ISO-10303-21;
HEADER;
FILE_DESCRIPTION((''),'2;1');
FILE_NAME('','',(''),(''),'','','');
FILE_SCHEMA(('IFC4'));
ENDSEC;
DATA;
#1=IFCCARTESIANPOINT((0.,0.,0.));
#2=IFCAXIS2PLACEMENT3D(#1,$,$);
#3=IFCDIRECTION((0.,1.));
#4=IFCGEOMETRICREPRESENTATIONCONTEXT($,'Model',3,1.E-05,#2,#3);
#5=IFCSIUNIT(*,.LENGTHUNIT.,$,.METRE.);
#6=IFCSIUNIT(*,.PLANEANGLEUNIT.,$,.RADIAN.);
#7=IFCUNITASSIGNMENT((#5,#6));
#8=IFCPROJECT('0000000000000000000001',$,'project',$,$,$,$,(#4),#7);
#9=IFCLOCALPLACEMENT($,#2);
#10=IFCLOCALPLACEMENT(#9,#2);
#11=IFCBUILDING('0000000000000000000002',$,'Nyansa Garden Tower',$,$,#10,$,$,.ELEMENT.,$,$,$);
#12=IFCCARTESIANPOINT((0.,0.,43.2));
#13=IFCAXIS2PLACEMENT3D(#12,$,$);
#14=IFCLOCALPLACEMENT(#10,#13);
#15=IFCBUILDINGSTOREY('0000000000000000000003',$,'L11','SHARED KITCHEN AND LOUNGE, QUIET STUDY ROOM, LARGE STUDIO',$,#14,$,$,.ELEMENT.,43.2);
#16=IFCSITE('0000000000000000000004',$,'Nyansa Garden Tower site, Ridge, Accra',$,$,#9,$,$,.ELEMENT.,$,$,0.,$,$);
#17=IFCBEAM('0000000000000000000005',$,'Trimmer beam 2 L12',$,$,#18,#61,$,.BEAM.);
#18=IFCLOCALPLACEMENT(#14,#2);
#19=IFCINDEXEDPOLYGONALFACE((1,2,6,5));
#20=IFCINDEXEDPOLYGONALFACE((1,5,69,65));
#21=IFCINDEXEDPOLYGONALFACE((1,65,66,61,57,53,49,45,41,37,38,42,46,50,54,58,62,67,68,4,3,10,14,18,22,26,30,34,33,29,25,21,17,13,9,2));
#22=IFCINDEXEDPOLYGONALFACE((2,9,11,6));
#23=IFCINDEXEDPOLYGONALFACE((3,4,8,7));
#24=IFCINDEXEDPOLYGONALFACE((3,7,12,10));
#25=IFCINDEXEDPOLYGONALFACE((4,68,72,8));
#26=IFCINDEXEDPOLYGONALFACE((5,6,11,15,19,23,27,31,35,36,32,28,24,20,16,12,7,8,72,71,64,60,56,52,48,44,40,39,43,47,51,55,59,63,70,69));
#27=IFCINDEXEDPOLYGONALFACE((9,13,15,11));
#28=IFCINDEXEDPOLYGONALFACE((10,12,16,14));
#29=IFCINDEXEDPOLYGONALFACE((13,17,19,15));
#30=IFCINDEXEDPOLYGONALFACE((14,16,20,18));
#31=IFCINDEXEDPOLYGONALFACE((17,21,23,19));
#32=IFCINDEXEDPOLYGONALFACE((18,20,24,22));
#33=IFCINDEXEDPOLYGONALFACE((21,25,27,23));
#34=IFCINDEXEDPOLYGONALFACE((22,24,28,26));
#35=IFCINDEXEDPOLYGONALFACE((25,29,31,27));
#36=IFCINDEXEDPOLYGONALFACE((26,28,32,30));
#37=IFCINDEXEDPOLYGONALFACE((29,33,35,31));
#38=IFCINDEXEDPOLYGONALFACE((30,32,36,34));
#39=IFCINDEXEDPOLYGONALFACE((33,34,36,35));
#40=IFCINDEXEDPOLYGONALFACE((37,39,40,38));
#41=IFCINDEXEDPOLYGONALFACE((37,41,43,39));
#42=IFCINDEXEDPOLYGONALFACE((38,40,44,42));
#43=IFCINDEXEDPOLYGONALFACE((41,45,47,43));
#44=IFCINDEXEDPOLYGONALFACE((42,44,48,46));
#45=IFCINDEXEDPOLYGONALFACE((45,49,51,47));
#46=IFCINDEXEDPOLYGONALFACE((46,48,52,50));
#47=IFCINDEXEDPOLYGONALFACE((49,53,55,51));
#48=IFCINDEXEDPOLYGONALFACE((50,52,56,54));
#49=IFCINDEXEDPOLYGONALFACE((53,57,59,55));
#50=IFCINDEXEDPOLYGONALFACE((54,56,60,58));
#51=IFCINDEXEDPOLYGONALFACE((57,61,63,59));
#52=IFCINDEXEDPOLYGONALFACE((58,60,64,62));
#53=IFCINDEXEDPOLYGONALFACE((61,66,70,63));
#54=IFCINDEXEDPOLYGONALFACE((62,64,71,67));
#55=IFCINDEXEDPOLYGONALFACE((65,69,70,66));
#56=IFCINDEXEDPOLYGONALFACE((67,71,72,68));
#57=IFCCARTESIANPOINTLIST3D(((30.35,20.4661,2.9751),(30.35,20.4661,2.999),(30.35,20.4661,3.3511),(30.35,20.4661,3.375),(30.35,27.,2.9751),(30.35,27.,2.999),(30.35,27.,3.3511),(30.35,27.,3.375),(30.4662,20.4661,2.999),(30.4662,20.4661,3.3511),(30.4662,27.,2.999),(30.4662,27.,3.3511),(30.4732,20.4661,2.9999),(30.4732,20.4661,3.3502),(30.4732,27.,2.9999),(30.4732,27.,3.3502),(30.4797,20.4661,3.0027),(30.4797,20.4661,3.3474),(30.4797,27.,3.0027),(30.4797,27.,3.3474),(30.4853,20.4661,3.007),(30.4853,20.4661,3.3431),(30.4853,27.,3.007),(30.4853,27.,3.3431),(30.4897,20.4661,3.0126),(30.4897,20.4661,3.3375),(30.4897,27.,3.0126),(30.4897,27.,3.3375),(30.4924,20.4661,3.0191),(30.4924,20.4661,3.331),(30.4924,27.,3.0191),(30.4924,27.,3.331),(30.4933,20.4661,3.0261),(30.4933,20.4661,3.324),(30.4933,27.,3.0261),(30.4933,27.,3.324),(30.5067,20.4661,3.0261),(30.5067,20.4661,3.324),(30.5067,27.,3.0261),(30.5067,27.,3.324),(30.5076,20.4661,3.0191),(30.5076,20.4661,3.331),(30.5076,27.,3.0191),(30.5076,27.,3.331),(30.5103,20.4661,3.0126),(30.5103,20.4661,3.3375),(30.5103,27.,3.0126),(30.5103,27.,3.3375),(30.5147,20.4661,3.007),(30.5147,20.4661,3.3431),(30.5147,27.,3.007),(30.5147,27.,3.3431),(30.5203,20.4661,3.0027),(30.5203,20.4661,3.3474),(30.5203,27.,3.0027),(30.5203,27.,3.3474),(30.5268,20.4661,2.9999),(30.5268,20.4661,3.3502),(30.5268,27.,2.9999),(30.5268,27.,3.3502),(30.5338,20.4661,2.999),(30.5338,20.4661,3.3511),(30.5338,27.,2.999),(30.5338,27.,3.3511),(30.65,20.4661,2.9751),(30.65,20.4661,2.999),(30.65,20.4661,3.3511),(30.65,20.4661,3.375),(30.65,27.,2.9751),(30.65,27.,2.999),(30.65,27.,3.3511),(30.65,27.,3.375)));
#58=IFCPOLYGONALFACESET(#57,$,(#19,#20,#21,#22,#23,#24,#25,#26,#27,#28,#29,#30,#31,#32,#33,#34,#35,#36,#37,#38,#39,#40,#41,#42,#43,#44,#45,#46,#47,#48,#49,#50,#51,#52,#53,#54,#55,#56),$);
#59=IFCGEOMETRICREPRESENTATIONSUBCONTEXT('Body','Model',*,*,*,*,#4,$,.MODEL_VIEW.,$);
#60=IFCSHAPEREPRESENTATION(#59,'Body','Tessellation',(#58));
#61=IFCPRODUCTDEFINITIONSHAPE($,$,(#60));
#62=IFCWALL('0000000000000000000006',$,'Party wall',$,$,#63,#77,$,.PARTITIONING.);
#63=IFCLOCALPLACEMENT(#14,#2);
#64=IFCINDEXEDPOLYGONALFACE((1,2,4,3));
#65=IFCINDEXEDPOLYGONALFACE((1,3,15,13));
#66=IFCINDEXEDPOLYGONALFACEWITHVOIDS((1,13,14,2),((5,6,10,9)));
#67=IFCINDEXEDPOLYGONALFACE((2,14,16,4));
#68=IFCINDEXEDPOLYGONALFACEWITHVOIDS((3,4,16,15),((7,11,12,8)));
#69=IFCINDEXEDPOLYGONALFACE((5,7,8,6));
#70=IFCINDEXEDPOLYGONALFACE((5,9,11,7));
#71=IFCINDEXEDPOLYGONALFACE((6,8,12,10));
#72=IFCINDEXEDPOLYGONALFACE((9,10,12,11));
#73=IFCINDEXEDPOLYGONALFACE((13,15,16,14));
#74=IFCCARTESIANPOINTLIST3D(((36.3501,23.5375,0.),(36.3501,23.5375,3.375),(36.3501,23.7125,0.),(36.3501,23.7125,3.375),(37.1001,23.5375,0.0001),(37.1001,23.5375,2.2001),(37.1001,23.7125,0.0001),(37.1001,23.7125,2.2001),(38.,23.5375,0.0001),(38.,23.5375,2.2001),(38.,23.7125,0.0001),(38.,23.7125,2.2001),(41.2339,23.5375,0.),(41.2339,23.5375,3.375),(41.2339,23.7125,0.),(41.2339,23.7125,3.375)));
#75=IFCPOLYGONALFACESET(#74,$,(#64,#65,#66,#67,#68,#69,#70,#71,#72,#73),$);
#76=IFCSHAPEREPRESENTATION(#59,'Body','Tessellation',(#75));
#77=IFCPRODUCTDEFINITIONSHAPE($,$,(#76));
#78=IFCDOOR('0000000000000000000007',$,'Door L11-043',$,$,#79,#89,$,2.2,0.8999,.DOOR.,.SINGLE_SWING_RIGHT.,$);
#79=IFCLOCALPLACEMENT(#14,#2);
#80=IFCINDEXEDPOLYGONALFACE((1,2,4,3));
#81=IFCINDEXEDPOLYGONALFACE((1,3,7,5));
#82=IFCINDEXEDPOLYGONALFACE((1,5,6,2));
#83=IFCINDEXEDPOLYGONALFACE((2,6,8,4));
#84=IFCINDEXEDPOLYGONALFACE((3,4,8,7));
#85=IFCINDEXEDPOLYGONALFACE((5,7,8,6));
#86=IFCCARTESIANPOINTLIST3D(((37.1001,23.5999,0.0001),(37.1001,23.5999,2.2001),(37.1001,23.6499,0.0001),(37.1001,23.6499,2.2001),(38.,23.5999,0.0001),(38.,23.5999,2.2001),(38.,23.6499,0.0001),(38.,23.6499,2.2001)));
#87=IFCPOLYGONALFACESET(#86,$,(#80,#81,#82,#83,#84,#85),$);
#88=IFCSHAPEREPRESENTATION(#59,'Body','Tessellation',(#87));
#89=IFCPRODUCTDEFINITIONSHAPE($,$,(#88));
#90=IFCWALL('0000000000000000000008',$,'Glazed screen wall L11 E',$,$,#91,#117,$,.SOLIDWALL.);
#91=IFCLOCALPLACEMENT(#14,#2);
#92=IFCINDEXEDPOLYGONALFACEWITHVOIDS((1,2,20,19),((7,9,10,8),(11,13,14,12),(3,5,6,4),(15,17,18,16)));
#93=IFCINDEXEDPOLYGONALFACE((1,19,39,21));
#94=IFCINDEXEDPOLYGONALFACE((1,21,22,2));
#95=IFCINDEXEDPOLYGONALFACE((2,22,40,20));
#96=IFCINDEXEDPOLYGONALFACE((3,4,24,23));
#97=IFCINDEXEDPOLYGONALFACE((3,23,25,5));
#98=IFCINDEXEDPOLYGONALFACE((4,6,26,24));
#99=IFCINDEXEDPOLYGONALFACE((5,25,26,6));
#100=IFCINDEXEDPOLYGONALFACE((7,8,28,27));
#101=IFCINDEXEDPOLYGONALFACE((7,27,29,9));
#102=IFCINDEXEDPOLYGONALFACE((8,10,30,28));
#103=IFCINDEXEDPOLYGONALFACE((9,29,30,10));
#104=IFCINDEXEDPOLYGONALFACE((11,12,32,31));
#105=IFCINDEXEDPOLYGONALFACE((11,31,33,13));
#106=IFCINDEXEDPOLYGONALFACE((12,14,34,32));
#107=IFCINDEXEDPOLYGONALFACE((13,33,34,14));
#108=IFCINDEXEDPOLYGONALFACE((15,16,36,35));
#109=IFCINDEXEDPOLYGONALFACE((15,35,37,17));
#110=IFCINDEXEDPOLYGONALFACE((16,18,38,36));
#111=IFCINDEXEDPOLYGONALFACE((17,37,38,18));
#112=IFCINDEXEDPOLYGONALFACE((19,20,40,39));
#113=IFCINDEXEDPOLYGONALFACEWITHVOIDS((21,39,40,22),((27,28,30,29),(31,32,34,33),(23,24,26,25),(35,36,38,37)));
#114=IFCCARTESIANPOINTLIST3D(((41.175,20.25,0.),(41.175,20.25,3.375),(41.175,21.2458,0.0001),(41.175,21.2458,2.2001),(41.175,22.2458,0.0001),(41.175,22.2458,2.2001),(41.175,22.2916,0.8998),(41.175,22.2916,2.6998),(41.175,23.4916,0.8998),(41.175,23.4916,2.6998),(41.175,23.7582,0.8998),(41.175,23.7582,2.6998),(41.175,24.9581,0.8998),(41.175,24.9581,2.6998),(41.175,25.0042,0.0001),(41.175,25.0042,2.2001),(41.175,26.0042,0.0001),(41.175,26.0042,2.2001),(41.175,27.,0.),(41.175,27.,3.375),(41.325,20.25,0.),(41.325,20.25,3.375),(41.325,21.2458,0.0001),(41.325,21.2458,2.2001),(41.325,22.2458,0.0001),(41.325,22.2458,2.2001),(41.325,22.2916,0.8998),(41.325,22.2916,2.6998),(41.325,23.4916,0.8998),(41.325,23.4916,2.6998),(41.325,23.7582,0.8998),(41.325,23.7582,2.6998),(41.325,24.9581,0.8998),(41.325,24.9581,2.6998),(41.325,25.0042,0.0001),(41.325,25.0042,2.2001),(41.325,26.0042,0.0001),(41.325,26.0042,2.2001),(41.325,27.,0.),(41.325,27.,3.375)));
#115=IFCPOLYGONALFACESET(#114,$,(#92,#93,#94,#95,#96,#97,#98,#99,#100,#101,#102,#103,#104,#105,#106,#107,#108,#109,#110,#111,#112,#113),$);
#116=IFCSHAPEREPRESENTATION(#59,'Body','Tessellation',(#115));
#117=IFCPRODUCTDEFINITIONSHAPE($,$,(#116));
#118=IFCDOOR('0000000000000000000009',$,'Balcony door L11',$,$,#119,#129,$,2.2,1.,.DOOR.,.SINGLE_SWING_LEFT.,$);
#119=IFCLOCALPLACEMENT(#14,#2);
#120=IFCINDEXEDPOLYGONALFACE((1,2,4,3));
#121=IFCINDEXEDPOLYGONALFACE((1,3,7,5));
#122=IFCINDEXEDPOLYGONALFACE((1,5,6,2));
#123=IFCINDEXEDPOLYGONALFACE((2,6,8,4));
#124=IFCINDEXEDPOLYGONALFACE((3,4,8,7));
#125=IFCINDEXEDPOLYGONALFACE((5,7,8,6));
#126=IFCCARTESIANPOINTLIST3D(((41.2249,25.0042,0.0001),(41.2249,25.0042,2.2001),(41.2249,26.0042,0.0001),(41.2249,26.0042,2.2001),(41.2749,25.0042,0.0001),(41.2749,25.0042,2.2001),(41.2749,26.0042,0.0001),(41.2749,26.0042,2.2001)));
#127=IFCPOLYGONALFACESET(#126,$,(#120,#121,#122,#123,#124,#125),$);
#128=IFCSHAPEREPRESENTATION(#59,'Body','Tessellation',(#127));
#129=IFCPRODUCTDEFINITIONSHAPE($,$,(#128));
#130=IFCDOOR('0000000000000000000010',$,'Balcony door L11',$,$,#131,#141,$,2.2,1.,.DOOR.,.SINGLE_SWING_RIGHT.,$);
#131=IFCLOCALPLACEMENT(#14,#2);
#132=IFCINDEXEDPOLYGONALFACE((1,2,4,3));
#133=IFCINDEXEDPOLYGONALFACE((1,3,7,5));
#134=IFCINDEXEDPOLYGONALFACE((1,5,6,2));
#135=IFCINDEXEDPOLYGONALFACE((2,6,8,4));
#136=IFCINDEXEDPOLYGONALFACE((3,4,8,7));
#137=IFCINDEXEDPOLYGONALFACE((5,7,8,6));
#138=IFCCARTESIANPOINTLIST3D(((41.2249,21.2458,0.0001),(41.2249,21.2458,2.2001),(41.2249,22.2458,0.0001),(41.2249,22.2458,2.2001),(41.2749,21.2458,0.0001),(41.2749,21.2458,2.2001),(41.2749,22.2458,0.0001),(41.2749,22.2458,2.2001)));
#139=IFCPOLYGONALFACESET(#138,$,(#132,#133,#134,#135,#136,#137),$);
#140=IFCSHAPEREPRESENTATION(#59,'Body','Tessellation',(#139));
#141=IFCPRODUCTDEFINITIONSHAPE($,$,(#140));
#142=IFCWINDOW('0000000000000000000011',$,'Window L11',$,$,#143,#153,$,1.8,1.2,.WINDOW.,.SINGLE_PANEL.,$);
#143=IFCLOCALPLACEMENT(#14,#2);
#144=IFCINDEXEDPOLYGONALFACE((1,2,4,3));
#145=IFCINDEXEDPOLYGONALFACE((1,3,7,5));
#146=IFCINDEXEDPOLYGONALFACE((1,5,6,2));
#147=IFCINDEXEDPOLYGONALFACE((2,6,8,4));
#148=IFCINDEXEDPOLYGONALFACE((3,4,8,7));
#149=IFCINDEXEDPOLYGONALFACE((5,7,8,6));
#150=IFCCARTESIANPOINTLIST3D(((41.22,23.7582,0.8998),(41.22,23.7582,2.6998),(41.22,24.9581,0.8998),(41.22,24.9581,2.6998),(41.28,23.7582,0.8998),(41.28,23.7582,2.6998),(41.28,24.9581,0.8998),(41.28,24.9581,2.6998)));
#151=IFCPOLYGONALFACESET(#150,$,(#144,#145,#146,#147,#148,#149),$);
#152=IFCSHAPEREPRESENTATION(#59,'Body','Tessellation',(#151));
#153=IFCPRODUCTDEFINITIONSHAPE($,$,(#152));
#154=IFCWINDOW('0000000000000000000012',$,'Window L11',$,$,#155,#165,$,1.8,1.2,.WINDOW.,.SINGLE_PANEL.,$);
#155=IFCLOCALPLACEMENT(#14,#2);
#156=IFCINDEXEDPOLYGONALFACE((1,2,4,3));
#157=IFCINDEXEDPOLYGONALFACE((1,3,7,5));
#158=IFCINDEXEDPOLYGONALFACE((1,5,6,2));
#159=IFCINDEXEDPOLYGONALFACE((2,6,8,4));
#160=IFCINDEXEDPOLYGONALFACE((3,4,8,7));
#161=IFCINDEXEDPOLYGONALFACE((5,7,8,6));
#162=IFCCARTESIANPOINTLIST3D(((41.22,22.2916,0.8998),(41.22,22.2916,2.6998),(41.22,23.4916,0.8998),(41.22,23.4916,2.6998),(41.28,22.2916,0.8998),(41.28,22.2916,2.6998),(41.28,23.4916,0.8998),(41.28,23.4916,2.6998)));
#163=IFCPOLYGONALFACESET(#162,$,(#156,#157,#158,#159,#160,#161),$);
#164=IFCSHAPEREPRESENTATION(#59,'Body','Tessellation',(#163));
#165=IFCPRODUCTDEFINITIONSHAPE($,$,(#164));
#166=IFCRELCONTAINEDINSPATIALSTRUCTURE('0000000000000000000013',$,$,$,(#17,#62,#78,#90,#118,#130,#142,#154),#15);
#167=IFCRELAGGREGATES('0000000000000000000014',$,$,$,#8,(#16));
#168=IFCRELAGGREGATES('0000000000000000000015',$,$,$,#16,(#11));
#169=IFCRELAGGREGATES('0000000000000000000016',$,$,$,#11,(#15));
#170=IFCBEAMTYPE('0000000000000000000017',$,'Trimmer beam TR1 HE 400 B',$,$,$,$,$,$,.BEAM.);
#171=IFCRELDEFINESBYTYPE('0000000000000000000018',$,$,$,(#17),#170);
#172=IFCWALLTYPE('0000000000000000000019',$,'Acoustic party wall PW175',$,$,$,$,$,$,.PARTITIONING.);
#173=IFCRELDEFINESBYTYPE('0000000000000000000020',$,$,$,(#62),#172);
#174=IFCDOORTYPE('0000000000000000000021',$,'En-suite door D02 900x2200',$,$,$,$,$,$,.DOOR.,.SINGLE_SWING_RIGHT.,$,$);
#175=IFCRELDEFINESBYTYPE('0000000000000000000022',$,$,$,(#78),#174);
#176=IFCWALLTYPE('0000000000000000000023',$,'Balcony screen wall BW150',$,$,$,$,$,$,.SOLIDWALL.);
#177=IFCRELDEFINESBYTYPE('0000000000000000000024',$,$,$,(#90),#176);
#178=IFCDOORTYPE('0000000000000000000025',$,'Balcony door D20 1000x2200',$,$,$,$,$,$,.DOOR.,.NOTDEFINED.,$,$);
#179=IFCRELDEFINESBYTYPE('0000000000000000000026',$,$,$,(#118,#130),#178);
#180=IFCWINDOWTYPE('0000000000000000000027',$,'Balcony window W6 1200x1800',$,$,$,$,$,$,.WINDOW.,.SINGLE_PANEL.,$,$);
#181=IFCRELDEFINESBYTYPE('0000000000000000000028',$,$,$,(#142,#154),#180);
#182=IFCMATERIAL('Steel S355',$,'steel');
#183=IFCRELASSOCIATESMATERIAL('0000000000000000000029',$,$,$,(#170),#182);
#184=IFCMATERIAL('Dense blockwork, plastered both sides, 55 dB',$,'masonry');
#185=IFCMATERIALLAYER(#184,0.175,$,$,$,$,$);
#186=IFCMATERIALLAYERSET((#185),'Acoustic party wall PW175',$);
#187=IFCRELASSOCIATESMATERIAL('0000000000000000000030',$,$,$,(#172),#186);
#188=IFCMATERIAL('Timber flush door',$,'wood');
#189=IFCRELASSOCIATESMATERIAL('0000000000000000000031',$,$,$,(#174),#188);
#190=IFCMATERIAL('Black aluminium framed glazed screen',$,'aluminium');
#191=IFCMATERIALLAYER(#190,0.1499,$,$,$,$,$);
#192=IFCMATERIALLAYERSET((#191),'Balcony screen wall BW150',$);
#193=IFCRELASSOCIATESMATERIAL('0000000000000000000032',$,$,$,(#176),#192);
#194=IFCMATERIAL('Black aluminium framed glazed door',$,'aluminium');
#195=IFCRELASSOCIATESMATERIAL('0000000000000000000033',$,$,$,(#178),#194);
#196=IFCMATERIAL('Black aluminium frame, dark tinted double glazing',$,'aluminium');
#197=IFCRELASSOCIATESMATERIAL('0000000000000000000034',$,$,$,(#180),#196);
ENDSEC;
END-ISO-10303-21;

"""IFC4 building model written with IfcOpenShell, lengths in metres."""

from ifc_helpers import new_model, si_unit, direction, frame, frame_2d, origin, origin_2d, place, context, subcontext, project, spatial, rectangle, i_section, extrude, material, layer, layer_set, material_profile, profile_set, type_object, element, fill, save


model = new_model("IFC4")

# Units and contexts
model_context = context("Model", 3, precision=1e-05, world=origin(), true_north=direction((0.0, 1.0)))
body_context = subcontext(model_context, "Body", "Model", "MODEL_VIEW")
ifc_project = project(units=[si_unit("LENGTHUNIT", "METRE"), si_unit("PLANEANGLEUNIT", "RADIAN")], contexts=[model_context])

# Site, building, storey
site_placement = place(None, origin())
site = spatial("IfcSite", under=ifc_project, at=site_placement, Name="Nyansa Garden Tower site, Ridge, Accra", CompositionType="ELEMENT", RefElevation=0.0)
building_placement = place(site_placement, origin())
building = spatial("IfcBuilding", under=site, at=building_placement, Name="Nyansa Garden Tower", CompositionType="ELEMENT")
storey_placement = place(building_placement, frame((0.0, 0.0, 43.2)))
storey = spatial("IfcBuildingStorey", under=building, at=storey_placement, Name="L11", Description="SHARED KITCHEN AND LOUNGE, QUIET STUDY ROOM, LARGE STUDIO", CompositionType="ELEMENT", Elevation=43.2)

# Beam
ifc_material_1 = material(Name="Steel S355", Category="steel")
ifc_material_profile_1 = material_profile(ifc_material_1, i_section(OverallWidth=0.3, OverallDepth=0.3999, WebThickness=0.0134, FlangeThickness=0.0239, FilletRadius=0.0271, at=origin_2d()), Name="HE 400 B")
ifc_profile_set_1 = profile_set([ifc_material_profile_1], Name="Steel S355")
beam_type_1 = type_object("IfcBeamType", Name="Trimmer beam TR1 HE 400 B", PredefinedType="BEAM", material=ifc_profile_set_1)
beam_1_placement = place(storey_placement, frame((30.5, 20.4661, 3.175), z_axis=(0.0, 1.0, 0.0), x_axis=(-1.0, 0.0, 0.0)))
element("IfcBeam", 1, at=beam_1_placement, inside=storey, type_object=beam_type_1, Name="Trimmer beam 2 L12", PredefinedType="BEAM", context=body_context, shape_type="SweptSolid", body=[
    extrude(i_section(OverallWidth=0.3, OverallDepth=0.3999, WebThickness=0.0134, FlangeThickness=0.0239, FilletRadius=0.0271, at=origin_2d()), origin(), (0.0, 0.0, 1.0), 6.5339),
])

# Wall, opening, door
ifc_material_2 = material(Name="Dense blockwork, plastered both sides, 55 dB", Category="masonry")
ifc_layer_1 = layer(ifc_material_2, 0.175)
ifc_layer_set_1 = layer_set([ifc_layer_1], Name="Acoustic party wall PW175")
wall_type_1 = type_object("IfcWallType", Name="Acoustic party wall PW175", PredefinedType="PARTITIONING", material=ifc_layer_set_1)
wall_1_placement = place(storey_placement, frame((36.3501, 23.625, 0.0), z_axis=(0.0, 0.0, 1.0), x_axis=(1.0, 0.0, 0.0)))
wall_1 = element("IfcWall", 2, at=wall_1_placement, inside=storey, type_object=wall_type_1, Name="Party wall", PredefinedType="PARTITIONING", context=body_context, shape_type="SweptSolid", body=[
    extrude(rectangle(XDim=4.8838, YDim=0.175, at=frame_2d((2.4419, 0.0))), origin(), (0.0, 0.0, 1.0), 3.375),
])
opening_1_placement = place(wall_1_placement, frame((0.75, 0.0, 0.0)))
opening_1 = element("IfcOpeningElement", 3, at=opening_1_placement, cuts=wall_1, PredefinedType="OPENING", context=body_context, shape_type="SweptSolid", body=[
    extrude(rectangle(XDim=0.8999, YDim=2.2, at=frame_2d((0.45, 1.1001))), frame((0.0, 0.0974, 0.0), z_axis=(0.0, -1.0, 0.0), x_axis=(1.0, 0.0, 0.0)), (0.0, 0.0, 1.0), 0.1951),
])
ifc_material_3 = material(Name="Timber flush door", Category="wood")
door_type_1 = type_object("IfcDoorType", Name="En-suite door D02 900x2200", OperationType="SINGLE_SWING_RIGHT", PredefinedType="DOOR", material=ifc_material_3)
door_1_placement = place(opening_1_placement, origin())
door_1 = element("IfcDoor", 4, at=door_1_placement, inside=storey, type_object=door_type_1, Name="Door L11-043", OperationType="SINGLE_SWING_RIGHT", OverallHeight=2.2, OverallWidth=0.8999, PredefinedType="DOOR", context=body_context, shape_type="SweptSolid", body=[
    extrude(rectangle(XDim=0.8999, YDim=2.2, at=frame_2d((0.45, 1.1001))), frame((0.0, 0.0249, 0.0), z_axis=(0.0, -1.0, 0.0), x_axis=(1.0, 0.0, 0.0)), (0.0, 0.0, 1.0), 0.05),
])
fill(opening_1, door_1)

# Wall, openings, doors, windows
ifc_material_4 = material(Name="Black aluminium framed glazed screen", Category="aluminium")
ifc_layer_2 = layer(ifc_material_4, 0.1499)
ifc_layer_set_2 = layer_set([ifc_layer_2], Name="Balcony screen wall BW150")
wall_type_2 = type_object("IfcWallType", Name="Balcony screen wall BW150", PredefinedType="SOLIDWALL", material=ifc_layer_set_2)
wall_2_placement = place(storey_placement, frame((41.25, 27.0, 0.0), z_axis=(0.0, 0.0, 1.0), x_axis=(0.0, -1.0, 0.0)))
wall_2 = element("IfcWall", 5, at=wall_2_placement, inside=storey, type_object=wall_type_2, Name="Glazed screen wall L11 E", PredefinedType="SOLIDWALL", context=body_context, shape_type="SweptSolid", body=[
    extrude(rectangle(XDim=6.75, YDim=0.1499, at=frame_2d((3.375, 0.0))), origin(), (0.0, 0.0, 1.0), 3.375),
])
opening_2_placement = place(wall_2_placement, frame((0.9958, 0.0, 0.0)))
opening_2 = element("IfcOpeningElement", 6, at=opening_2_placement, cuts=wall_2, PredefinedType="OPENING", context=body_context, shape_type="SweptSolid", body=[
    extrude(rectangle(XDim=1.0, YDim=2.2, at=frame_2d((0.5, 1.1001))), frame((0.0, 0.085, 0.0), z_axis=(0.0, -1.0, 0.0), x_axis=(1.0, 0.0, 0.0)), (0.0, 0.0, 1.0), 0.1699),
])
opening_3_placement = place(wall_2_placement, frame((2.0417, 0.0, 0.8999)))
opening_3 = element("IfcOpeningElement", 7, at=opening_3_placement, cuts=wall_2, PredefinedType="OPENING", context=body_context, shape_type="SweptSolid", body=[
    extrude(rectangle(XDim=1.2, YDim=1.8, at=frame_2d((0.6001, 0.8999))), frame((0.0, 0.085, 0.0), z_axis=(0.0, -1.0, 0.0), x_axis=(1.0, 0.0, 0.0)), (0.0, 0.0, 1.0), 0.1699),
])
opening_4_placement = place(wall_2_placement, frame((4.7542, 0.0, 0.0)))
opening_4 = element("IfcOpeningElement", 8, at=opening_4_placement, cuts=wall_2, PredefinedType="OPENING", context=body_context, shape_type="SweptSolid", body=[
    extrude(rectangle(XDim=1.0, YDim=2.2, at=frame_2d((0.5, 1.1001))), frame((0.0, 0.085, 0.0), z_axis=(0.0, -1.0, 0.0), x_axis=(1.0, 0.0, 0.0)), (0.0, 0.0, 1.0), 0.1699),
])
opening_5_placement = place(wall_2_placement, frame((3.5083, 0.0, 0.8999)))
opening_5 = element("IfcOpeningElement", 9, at=opening_5_placement, cuts=wall_2, PredefinedType="OPENING", context=body_context, shape_type="SweptSolid", body=[
    extrude(rectangle(XDim=1.2, YDim=1.8, at=frame_2d((0.6001, 0.8999))), frame((0.0, 0.085, 0.0), z_axis=(0.0, -1.0, 0.0), x_axis=(1.0, 0.0, 0.0)), (0.0, 0.0, 1.0), 0.1699),
])
ifc_material_5 = material(Name="Black aluminium framed glazed door", Category="aluminium")
door_type_2 = type_object("IfcDoorType", Name="Balcony door D20 1000x2200", OperationType="NOTDEFINED", PredefinedType="DOOR", material=ifc_material_5)
door_2_placement = place(opening_2_placement, origin())
door_2 = element("IfcDoor", 10, at=door_2_placement, inside=storey, type_object=door_type_2, Name="Balcony door L11", OperationType="SINGLE_SWING_LEFT", OverallHeight=2.2, OverallWidth=1.0, PredefinedType="DOOR", context=body_context, shape_type="SweptSolid", body=[
    extrude(rectangle(XDim=1.0, YDim=2.2, at=frame_2d((0.5, 1.1001))), frame((0.0, 0.0249, 0.0), z_axis=(0.0, -1.0, 0.0), x_axis=(1.0, 0.0, 0.0)), (0.0, 0.0, 1.0), 0.05),
])
fill(opening_2, door_2)
door_3_placement = place(opening_4_placement, origin())
door_3 = element("IfcDoor", 11, at=door_3_placement, inside=storey, type_object=door_type_2, Name="Balcony door L11", OperationType="SINGLE_SWING_RIGHT", OverallHeight=2.2, OverallWidth=1.0, PredefinedType="DOOR", context=body_context, shape_type="SweptSolid", body=[
    extrude(rectangle(XDim=1.0, YDim=2.2, at=frame_2d((0.5, 1.1001))), frame((0.0, 0.0249, 0.0), z_axis=(0.0, -1.0, 0.0), x_axis=(1.0, 0.0, 0.0)), (0.0, 0.0, 1.0), 0.05),
])
fill(opening_4, door_3)
ifc_material_6 = material(Name="Black aluminium frame, dark tinted double glazing", Category="aluminium")
window_type = type_object("IfcWindowType", Name="Balcony window W6 1200x1800", PartitioningType="SINGLE_PANEL", PredefinedType="WINDOW", material=ifc_material_6)
window_1_placement = place(opening_3_placement, origin())
window_1 = element("IfcWindow", 12, at=window_1_placement, inside=storey, type_object=window_type, Name="Window L11", OverallHeight=1.8, OverallWidth=1.2, PartitioningType="SINGLE_PANEL", PredefinedType="WINDOW", context=body_context, shape_type="SweptSolid", body=[
    extrude(rectangle(XDim=1.2, YDim=1.8, at=frame_2d((0.6001, 0.8999))), frame((0.0, 0.03, 0.0), z_axis=(0.0, -1.0, 0.0), x_axis=(1.0, 0.0, 0.0)), (0.0, 0.0, 1.0), 0.0601),
])
fill(opening_3, window_1)
window_2_placement = place(opening_5_placement, origin())
window_2 = element("IfcWindow", 13, at=window_2_placement, inside=storey, type_object=window_type, Name="Window L11", OverallHeight=1.8, OverallWidth=1.2, PartitioningType="SINGLE_PANEL", PredefinedType="WINDOW", context=body_context, shape_type="SweptSolid", body=[
    extrude(rectangle(XDim=1.2, YDim=1.8, at=frame_2d((0.6001, 0.8999))), frame((0.0, 0.03, 0.0), z_axis=(0.0, -1.0, 0.0), x_axis=(1.0, 0.0, 0.0)), (0.0, 0.0, 1.0), 0.0601),
])
fill(opening_5, window_2)

save(model, "model.ifc")
